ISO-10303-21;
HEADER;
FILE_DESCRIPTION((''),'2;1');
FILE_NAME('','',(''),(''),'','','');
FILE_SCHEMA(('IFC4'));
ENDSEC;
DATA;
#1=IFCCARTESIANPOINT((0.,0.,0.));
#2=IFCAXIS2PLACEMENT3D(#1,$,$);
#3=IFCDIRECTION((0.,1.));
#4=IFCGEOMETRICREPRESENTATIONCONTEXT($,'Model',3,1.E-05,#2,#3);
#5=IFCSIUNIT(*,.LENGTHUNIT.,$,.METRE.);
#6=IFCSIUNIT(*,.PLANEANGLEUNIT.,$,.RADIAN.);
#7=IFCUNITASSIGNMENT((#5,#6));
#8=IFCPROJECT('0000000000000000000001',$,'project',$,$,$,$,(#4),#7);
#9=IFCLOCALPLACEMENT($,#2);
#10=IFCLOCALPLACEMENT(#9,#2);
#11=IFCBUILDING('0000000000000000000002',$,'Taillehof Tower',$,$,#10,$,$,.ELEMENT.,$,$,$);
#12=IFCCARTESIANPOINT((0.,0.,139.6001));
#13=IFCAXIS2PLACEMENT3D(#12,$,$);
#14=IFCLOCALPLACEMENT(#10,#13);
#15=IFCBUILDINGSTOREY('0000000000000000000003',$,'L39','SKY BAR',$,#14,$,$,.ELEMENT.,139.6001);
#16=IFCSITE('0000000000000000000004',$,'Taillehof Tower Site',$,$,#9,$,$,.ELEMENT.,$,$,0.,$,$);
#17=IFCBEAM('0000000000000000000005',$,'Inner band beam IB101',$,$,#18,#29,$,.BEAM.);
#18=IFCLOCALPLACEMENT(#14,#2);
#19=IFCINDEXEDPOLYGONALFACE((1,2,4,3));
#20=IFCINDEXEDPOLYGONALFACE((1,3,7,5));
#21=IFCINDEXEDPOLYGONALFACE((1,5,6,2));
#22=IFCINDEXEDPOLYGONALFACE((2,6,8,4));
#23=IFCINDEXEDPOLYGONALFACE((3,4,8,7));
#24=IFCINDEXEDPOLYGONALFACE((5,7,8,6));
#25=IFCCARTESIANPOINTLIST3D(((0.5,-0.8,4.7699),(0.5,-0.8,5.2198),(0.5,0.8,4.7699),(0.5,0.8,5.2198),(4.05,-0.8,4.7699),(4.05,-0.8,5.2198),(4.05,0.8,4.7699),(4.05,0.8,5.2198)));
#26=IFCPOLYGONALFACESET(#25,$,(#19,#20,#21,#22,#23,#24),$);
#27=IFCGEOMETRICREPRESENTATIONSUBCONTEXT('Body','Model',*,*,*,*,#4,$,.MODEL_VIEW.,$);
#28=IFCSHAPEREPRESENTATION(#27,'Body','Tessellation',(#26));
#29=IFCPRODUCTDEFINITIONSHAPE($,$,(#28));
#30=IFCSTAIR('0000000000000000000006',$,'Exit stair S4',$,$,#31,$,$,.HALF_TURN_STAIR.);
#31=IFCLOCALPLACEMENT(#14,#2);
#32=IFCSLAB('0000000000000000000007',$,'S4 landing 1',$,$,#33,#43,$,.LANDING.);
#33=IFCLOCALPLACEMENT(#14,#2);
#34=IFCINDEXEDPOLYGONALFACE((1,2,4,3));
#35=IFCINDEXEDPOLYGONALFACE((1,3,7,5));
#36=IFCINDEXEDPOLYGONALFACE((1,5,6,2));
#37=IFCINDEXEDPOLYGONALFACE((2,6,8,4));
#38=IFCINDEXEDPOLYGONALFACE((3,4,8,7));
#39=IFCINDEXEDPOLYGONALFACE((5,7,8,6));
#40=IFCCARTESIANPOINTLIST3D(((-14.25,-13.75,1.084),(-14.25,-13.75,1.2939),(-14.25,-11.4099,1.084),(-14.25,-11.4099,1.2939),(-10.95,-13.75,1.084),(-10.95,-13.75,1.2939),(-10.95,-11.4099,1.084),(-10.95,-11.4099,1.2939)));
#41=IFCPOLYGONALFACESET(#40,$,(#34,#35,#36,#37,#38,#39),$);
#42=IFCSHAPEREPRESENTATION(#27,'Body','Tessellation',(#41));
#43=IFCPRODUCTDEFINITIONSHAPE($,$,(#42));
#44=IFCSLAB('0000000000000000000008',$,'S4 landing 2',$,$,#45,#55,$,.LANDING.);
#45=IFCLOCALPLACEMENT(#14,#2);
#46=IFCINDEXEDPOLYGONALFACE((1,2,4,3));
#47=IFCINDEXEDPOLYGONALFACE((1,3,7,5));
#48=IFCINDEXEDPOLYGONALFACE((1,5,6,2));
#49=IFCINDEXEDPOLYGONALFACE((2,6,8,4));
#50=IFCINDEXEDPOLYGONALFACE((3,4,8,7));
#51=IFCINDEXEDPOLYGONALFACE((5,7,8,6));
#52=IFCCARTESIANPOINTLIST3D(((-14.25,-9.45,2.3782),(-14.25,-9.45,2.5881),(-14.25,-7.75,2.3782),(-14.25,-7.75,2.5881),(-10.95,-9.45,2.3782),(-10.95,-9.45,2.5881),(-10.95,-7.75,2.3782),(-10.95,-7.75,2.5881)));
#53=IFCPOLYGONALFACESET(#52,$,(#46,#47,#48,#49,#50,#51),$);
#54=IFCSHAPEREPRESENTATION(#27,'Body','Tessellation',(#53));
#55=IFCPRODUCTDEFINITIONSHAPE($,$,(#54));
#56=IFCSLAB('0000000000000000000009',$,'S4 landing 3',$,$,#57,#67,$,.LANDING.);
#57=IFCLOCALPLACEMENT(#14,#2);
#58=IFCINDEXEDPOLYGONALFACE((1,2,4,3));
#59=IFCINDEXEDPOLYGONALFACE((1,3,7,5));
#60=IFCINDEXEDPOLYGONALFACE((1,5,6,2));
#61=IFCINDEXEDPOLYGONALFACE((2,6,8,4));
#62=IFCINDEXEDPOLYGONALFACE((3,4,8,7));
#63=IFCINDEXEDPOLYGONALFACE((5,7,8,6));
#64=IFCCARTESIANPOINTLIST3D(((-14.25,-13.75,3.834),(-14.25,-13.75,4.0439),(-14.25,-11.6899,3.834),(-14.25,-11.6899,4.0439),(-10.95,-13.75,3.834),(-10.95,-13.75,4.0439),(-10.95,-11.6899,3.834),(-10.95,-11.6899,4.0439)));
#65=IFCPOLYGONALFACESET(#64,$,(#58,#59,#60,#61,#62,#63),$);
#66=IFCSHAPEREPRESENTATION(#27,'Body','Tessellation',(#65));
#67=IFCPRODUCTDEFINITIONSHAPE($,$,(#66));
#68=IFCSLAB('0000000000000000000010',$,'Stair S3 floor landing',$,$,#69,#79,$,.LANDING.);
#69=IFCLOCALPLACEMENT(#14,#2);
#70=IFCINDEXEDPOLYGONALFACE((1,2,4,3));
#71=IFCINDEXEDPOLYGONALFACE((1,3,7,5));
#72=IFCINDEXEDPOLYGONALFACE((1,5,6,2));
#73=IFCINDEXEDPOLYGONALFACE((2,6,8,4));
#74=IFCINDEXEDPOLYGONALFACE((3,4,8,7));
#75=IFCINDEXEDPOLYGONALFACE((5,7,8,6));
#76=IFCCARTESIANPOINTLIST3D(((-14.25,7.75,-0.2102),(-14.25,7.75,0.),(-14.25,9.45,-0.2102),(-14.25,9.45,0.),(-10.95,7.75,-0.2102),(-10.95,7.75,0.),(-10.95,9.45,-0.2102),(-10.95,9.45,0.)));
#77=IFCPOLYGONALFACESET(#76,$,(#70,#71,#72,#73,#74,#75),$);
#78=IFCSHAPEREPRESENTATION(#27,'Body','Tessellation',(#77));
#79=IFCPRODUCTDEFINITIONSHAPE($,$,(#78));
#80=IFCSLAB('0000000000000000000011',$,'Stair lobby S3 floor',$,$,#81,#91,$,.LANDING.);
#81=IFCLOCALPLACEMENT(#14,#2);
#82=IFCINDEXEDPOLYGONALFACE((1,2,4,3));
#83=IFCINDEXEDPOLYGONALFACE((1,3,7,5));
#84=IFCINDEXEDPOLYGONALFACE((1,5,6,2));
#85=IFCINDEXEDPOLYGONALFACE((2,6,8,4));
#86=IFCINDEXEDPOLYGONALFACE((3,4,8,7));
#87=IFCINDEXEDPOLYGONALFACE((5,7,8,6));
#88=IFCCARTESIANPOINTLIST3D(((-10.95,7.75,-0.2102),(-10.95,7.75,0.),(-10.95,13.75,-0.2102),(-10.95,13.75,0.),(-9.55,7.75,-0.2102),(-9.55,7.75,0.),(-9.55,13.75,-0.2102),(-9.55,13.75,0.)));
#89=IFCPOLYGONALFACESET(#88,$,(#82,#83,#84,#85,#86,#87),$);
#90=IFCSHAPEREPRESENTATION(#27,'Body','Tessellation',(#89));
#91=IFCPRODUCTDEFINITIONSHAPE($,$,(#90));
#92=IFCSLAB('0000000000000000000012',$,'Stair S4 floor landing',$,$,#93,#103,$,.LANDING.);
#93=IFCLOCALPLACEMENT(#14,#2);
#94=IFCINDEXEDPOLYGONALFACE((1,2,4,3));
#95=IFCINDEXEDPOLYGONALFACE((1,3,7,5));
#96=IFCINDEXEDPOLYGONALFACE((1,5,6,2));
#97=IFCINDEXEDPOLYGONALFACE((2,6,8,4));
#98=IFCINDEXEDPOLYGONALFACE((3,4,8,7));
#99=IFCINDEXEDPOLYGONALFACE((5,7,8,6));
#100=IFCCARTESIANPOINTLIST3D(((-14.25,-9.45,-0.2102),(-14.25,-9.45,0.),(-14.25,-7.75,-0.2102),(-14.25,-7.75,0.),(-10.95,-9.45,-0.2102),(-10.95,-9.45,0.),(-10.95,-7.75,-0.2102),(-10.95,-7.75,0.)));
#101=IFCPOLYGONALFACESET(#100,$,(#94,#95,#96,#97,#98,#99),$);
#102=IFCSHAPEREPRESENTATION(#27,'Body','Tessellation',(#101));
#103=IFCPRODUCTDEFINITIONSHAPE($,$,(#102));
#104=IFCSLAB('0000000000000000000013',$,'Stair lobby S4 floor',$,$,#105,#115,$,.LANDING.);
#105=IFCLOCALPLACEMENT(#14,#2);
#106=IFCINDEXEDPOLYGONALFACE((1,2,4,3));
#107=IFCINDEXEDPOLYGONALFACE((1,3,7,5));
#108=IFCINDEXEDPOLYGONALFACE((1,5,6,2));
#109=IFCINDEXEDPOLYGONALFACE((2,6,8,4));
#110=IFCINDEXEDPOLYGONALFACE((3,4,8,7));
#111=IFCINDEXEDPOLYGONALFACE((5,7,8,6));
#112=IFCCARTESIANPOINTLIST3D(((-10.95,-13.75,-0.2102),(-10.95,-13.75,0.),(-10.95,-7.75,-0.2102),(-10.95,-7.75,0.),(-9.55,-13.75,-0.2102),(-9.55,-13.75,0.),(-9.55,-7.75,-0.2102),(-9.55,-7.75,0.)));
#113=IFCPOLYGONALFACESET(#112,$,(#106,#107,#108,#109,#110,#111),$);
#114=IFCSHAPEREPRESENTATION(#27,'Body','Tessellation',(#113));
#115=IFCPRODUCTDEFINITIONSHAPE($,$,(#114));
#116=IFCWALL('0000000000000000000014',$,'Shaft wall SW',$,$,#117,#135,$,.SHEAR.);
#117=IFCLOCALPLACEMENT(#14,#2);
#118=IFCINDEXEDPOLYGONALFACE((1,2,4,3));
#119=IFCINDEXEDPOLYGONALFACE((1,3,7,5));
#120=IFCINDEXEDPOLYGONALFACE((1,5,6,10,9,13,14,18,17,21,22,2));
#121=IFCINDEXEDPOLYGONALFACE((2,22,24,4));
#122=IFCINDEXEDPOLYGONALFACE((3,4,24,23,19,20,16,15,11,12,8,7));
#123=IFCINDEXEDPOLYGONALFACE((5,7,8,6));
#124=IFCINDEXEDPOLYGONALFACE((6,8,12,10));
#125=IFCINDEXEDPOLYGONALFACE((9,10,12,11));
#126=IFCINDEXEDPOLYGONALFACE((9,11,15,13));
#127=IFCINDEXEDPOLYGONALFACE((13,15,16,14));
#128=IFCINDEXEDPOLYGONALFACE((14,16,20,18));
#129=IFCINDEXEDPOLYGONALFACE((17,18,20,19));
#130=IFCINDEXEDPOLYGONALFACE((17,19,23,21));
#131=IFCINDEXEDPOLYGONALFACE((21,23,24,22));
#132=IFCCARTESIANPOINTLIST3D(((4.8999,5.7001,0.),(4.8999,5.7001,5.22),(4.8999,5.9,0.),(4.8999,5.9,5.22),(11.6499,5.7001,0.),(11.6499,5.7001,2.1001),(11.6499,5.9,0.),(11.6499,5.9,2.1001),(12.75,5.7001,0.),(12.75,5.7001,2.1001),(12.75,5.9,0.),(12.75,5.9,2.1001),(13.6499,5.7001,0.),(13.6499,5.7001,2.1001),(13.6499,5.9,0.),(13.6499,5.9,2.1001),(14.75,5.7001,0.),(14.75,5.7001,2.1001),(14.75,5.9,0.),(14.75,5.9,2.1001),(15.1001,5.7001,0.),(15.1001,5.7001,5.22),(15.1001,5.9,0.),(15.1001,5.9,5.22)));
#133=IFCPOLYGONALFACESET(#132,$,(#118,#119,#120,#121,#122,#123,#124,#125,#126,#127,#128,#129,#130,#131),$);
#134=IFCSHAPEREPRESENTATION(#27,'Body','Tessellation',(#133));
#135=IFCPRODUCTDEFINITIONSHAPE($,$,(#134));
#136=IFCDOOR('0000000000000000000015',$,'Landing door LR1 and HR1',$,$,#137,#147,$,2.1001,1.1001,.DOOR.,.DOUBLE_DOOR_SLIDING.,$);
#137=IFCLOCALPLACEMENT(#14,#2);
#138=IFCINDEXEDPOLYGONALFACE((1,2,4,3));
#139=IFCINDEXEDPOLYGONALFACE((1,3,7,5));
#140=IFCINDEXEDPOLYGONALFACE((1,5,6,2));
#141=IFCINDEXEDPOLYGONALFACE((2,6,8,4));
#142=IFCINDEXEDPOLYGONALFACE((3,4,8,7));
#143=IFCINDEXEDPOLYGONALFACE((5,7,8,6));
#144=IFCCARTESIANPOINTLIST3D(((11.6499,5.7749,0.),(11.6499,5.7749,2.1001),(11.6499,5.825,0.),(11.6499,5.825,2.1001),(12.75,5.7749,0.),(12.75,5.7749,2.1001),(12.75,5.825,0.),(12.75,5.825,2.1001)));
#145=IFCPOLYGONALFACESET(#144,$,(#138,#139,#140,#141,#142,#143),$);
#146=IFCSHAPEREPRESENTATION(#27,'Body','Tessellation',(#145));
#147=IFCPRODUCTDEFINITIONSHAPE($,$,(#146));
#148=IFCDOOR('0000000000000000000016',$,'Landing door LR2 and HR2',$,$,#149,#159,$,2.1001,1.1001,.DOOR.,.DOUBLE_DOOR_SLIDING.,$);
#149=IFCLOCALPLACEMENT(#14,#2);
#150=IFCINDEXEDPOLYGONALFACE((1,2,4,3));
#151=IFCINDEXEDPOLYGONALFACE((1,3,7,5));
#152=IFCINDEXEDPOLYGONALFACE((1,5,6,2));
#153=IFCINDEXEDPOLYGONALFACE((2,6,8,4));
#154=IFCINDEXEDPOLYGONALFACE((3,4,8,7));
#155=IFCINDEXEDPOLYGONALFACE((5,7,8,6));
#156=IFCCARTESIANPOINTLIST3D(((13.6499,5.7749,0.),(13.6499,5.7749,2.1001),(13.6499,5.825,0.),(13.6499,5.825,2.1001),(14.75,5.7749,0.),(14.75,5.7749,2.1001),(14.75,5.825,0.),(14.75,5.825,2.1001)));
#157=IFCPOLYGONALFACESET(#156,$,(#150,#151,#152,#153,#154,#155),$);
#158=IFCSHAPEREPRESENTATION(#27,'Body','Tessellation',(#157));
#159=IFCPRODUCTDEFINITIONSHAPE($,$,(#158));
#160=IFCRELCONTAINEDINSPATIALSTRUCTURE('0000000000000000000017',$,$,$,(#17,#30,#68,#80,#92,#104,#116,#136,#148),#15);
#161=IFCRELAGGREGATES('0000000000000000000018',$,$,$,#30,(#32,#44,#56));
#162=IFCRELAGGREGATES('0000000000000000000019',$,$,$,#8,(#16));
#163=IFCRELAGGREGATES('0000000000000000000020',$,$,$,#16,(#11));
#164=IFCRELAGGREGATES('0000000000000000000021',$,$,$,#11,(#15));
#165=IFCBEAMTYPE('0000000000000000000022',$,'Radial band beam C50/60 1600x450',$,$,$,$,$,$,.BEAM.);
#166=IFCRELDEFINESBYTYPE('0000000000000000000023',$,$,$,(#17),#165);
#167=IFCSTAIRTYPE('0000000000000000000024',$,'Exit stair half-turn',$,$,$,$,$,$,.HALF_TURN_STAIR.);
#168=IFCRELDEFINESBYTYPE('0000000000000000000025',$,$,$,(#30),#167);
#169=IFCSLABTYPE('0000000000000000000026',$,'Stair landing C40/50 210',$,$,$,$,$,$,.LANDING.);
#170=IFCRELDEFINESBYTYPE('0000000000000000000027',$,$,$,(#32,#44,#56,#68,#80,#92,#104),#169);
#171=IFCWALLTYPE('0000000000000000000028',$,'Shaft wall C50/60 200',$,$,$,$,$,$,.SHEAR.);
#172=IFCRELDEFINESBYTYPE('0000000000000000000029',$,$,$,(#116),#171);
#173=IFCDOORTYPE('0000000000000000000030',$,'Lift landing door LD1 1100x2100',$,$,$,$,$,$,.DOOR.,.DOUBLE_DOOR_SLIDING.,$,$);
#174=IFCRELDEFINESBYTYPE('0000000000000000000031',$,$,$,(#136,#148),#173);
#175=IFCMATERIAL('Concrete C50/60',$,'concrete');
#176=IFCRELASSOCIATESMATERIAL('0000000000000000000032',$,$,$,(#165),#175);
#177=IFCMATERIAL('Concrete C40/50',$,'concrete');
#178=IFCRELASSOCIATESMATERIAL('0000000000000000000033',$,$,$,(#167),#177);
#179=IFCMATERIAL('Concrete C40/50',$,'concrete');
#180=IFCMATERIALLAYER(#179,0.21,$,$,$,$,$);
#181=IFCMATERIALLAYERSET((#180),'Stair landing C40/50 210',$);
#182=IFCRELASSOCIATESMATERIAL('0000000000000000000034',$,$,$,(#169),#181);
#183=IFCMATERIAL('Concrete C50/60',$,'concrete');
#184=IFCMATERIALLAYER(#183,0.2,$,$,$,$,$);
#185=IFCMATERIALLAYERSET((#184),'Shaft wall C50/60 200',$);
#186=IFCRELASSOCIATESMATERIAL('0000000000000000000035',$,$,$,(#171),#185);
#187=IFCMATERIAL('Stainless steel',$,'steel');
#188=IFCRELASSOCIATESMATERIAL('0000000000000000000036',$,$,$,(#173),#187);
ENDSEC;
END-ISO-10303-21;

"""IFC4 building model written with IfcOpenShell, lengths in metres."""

from ifc_helpers import new_model, si_unit, direction, frame, frame_2d, origin, origin_2d, place, context, subcontext, project, spatial, polyline, rectangle, outline, extrude, material, layer, layer_set, material_profile, profile_set, type_object, element, fill, aggregate, save


model = new_model("IFC4")

# Units and contexts
model_context = context("Model", 3, precision=1e-05, world=origin(), true_north=direction((0.0, 1.0)))
body_context = subcontext(model_context, "Body", "Model", "MODEL_VIEW")
ifc_project = project(units=[si_unit("LENGTHUNIT", "METRE"), si_unit("PLANEANGLEUNIT", "RADIAN")], contexts=[model_context])

# Site, building, storey
site_placement = place(None, origin())
site = spatial("IfcSite", under=ifc_project, at=site_placement, Name="Taillehof Tower Site", CompositionType="ELEMENT", RefElevation=0.0)
building_placement = place(site_placement, origin())
building = spatial("IfcBuilding", under=site, at=building_placement, Name="Taillehof Tower", CompositionType="ELEMENT")
storey_placement = place(building_placement, frame((0.0, 0.0, 139.6001)))
storey = spatial("IfcBuildingStorey", under=building, at=storey_placement, Name="L39", Description="SKY BAR", CompositionType="ELEMENT", Elevation=139.6001)

# Beam
ifc_material_1 = material(Name="Concrete C50/60", Category="concrete")
ifc_material_profile = material_profile(ifc_material_1, rectangle(XDim=1.6001, YDim=0.45, at=origin_2d()), Name="RC 1600x450")
ifc_profile_set = profile_set([ifc_material_profile], Name="Concrete C50/60")
beam_type = type_object("IfcBeamType", Name="Radial band beam C50/60 1600x450", PredefinedType="BEAM", material=ifc_profile_set)
beam_placement = place(storey_placement, frame((0.5, 0.0, 4.9949), z_axis=(1.0, 0.0, 0.0), x_axis=(0.0, 1.0, 0.0)))
element("IfcBeam", 1, at=beam_placement, inside=storey, type_object=beam_type, Name="Inner band beam IB101", PredefinedType="BEAM", context=body_context, shape_type="SweptSolid", body=[
    extrude(rectangle(XDim=1.6001, YDim=0.45, at=origin_2d()), origin(), (0.0, 0.0, 1.0), 3.55),
])

# Stair, slabs
ifc_material_2 = material(Name="Concrete C40/50", Category="concrete")
stair_type = type_object("IfcStairType", Name="Exit stair half-turn", PredefinedType="HALF_TURN_STAIR", material=ifc_material_2)
stair_placement = place(storey_placement, origin())
stair = element("IfcStair", 2, at=stair_placement, inside=storey, type_object=stair_type, Name="Exit stair S4", PredefinedType="HALF_TURN_STAIR")
ifc_material_3 = material(Name="Concrete C40/50", Category="concrete")
ifc_layer_1 = layer(ifc_material_3, 0.21)
ifc_layer_set_1 = layer_set([ifc_layer_1], Name="Stair landing C40/50 210")
slab_type = type_object("IfcSlabType", Name="Stair landing C40/50 210", PredefinedType="LANDING", material=ifc_layer_set_1)
slab_1_placement = place(storey_placement, frame((0.0, 0.0, 1.084)))
slab_1 = element("IfcSlab", 3, at=slab_1_placement, type_object=slab_type, Name="S4 landing 1", PredefinedType="LANDING", context=body_context, shape_type="SweptSolid", body=[
    extrude(outline(polyline([(-14.25, -11.4099), (-14.25, -13.75), (-10.95, -13.75), (-10.95, -11.4099), (-14.25, -11.4099)])), origin(), (0.0, 0.0, 1.0), 0.21),
])
slab_2_placement = place(storey_placement, frame((0.0, 0.0, 2.3782)))
slab_2 = element("IfcSlab", 4, at=slab_2_placement, type_object=slab_type, Name="S4 landing 2", PredefinedType="LANDING", context=body_context, shape_type="SweptSolid", body=[
    extrude(outline(polyline([(-14.25, -7.75), (-14.25, -9.45), (-10.95, -9.45), (-10.95, -7.75), (-14.25, -7.75)])), origin(), (0.0, 0.0, 1.0), 0.21),
])
slab_3_placement = place(storey_placement, frame((0.0, 0.0, 3.834)))
slab_3 = element("IfcSlab", 5, at=slab_3_placement, type_object=slab_type, Name="S4 landing 3", PredefinedType="LANDING", context=body_context, shape_type="SweptSolid", body=[
    extrude(outline(polyline([(-14.25, -11.6899), (-14.25, -13.75), (-10.95, -13.75), (-10.95, -11.6899), (-14.25, -11.6899)])), origin(), (0.0, 0.0, 1.0), 0.21),
])
aggregate(stair, [slab_1, slab_2, slab_3])

# Slabs
slab_4_placement = place(storey_placement, frame((0.0, 0.0, -0.2102)))
element("IfcSlab", 6, at=slab_4_placement, inside=storey, type_object=slab_type, Name="Stair S3 floor landing", PredefinedType="LANDING", context=body_context, shape_type="SweptSolid", body=[
    extrude(outline(polyline([(-14.25, 7.75), (-14.25, 9.45), (-10.95, 9.45), (-10.95, 7.75), (-14.25, 7.75)])), origin(), (0.0, 0.0, 1.0), 0.2102),
])
slab_5_placement = place(storey_placement, frame((0.0, 0.0, -0.2102)))
element("IfcSlab", 7, at=slab_5_placement, inside=storey, type_object=slab_type, Name="Stair lobby S3 floor", PredefinedType="LANDING", context=body_context, shape_type="SweptSolid", body=[
    extrude(outline(polyline([(-10.95, 7.75), (-9.55, 7.75), (-9.55, 13.75), (-10.95, 13.75), (-10.95, 7.75)])), origin(), (0.0, 0.0, 1.0), 0.2102),
])
slab_6_placement = place(storey_placement, frame((0.0, 0.0, -0.2102)))
element("IfcSlab", 8, at=slab_6_placement, inside=storey, type_object=slab_type, Name="Stair S4 floor landing", PredefinedType="LANDING", context=body_context, shape_type="SweptSolid", body=[
    extrude(outline(polyline([(-14.25, -7.75), (-14.25, -9.45), (-10.95, -9.45), (-10.95, -7.75), (-14.25, -7.75)])), origin(), (0.0, 0.0, 1.0), 0.2102),
])
slab_7_placement = place(storey_placement, frame((0.0, 0.0, -0.2102)))
element("IfcSlab", 9, at=slab_7_placement, inside=storey, type_object=slab_type, Name="Stair lobby S4 floor", PredefinedType="LANDING", context=body_context, shape_type="SweptSolid", body=[
    extrude(outline(polyline([(-10.95, -13.75), (-9.55, -13.75), (-9.55, -7.75), (-10.95, -7.75), (-10.95, -13.75)])), origin(), (0.0, 0.0, 1.0), 0.2102),
])

# Wall, openings, doors
ifc_material_4 = material(Name="Concrete C50/60", Category="concrete")
ifc_layer_2 = layer(ifc_material_4, 0.2)
ifc_layer_set_2 = layer_set([ifc_layer_2], Name="Shaft wall C50/60 200")
wall_type_1 = type_object("IfcWallType", Name="Shaft wall C50/60 200", PredefinedType="SHEAR", material=ifc_layer_set_2)
wall_1_placement = place(storey_placement, frame((4.8999, 5.8, 0.0), z_axis=(0.0, 0.0, 1.0), x_axis=(1.0, 0.0, 0.0)))
wall_1 = element("IfcWall", 10, at=wall_1_placement, inside=storey, type_object=wall_type_1, Name="Shaft wall SW", PredefinedType="SHEAR", context=body_context, shape_type="SweptSolid", body=[
    extrude(rectangle(XDim=10.2002, YDim=0.2, at=frame_2d((5.1001, 0.0))), origin(), (0.0, 0.0, 1.0), 5.22),
])
opening_1_placement = place(wall_1_placement, frame((6.75, 0.0, 0.0)))
opening_1 = element("IfcOpeningElement", 11, at=opening_1_placement, cuts=wall_1, PredefinedType="OPENING", context=body_context, shape_type="SweptSolid", body=[
    extrude(rectangle(XDim=1.1001, YDim=2.1001, at=frame_2d((0.55, 1.05))), frame((0.0, 0.1099, 0.0), z_axis=(0.0, -1.0, 0.0), x_axis=(1.0, 0.0, 0.0)), (0.0, 0.0, 1.0), 0.22),
])
opening_2_placement = place(wall_1_placement, frame((8.75, 0.0, 0.0)))
opening_2 = element("IfcOpeningElement", 12, at=opening_2_placement, cuts=wall_1, PredefinedType="OPENING", context=body_context, shape_type="SweptSolid", body=[
    extrude(rectangle(XDim=1.1001, YDim=2.1001, at=frame_2d((0.55, 1.05))), frame((0.0, 0.1099, 0.0), z_axis=(0.0, -1.0, 0.0), x_axis=(1.0, 0.0, 0.0)), (0.0, 0.0, 1.0), 0.22),
])
ifc_material_5 = material(Name="Stainless steel", Category="steel")
door_type_1 = type_object("IfcDoorType", Name="Lift landing door LD1 1100x2100", OperationType="DOUBLE_DOOR_SLIDING", PredefinedType="DOOR", material=ifc_material_5)
door_1_placement = place(opening_1_placement, origin())
door_1 = element("IfcDoor", 13, at=door_1_placement, inside=storey, type_object=door_type_1, Name="Landing door LR1 and HR1", OperationType="DOUBLE_DOOR_SLIDING", OverallHeight=2.1001, OverallWidth=1.1001, PredefinedType="DOOR", context=body_context, shape_type="SweptSolid", body=[
    extrude(rectangle(XDim=1.1001, YDim=2.1001, at=frame_2d((0.55, 1.05))), frame((0.0, 0.0249, 0.0), z_axis=(0.0, -1.0, 0.0), x_axis=(1.0, 0.0, 0.0)), (0.0, 0.0, 1.0), 0.05),
])
fill(opening_1, door_1)
door_2_placement = place(opening_2_placement, origin())
door_2 = element("IfcDoor", 14, at=door_2_placement, inside=storey, type_object=door_type_1, Name="Landing door LR2 and HR2", OperationType="DOUBLE_DOOR_SLIDING", OverallHeight=2.1001, OverallWidth=1.1001, PredefinedType="DOOR", context=body_context, shape_type="SweptSolid", body=[
    extrude(rectangle(XDim=1.1001, YDim=2.1001, at=frame_2d((0.55, 1.05))), frame((0.0, 0.0249, 0.0), z_axis=(0.0, -1.0, 0.0), x_axis=(1.0, 0.0, 0.0)), (0.0, 0.0, 1.0), 0.05),
])
fill(opening_2, door_2)

save(model, "model.ifc")
